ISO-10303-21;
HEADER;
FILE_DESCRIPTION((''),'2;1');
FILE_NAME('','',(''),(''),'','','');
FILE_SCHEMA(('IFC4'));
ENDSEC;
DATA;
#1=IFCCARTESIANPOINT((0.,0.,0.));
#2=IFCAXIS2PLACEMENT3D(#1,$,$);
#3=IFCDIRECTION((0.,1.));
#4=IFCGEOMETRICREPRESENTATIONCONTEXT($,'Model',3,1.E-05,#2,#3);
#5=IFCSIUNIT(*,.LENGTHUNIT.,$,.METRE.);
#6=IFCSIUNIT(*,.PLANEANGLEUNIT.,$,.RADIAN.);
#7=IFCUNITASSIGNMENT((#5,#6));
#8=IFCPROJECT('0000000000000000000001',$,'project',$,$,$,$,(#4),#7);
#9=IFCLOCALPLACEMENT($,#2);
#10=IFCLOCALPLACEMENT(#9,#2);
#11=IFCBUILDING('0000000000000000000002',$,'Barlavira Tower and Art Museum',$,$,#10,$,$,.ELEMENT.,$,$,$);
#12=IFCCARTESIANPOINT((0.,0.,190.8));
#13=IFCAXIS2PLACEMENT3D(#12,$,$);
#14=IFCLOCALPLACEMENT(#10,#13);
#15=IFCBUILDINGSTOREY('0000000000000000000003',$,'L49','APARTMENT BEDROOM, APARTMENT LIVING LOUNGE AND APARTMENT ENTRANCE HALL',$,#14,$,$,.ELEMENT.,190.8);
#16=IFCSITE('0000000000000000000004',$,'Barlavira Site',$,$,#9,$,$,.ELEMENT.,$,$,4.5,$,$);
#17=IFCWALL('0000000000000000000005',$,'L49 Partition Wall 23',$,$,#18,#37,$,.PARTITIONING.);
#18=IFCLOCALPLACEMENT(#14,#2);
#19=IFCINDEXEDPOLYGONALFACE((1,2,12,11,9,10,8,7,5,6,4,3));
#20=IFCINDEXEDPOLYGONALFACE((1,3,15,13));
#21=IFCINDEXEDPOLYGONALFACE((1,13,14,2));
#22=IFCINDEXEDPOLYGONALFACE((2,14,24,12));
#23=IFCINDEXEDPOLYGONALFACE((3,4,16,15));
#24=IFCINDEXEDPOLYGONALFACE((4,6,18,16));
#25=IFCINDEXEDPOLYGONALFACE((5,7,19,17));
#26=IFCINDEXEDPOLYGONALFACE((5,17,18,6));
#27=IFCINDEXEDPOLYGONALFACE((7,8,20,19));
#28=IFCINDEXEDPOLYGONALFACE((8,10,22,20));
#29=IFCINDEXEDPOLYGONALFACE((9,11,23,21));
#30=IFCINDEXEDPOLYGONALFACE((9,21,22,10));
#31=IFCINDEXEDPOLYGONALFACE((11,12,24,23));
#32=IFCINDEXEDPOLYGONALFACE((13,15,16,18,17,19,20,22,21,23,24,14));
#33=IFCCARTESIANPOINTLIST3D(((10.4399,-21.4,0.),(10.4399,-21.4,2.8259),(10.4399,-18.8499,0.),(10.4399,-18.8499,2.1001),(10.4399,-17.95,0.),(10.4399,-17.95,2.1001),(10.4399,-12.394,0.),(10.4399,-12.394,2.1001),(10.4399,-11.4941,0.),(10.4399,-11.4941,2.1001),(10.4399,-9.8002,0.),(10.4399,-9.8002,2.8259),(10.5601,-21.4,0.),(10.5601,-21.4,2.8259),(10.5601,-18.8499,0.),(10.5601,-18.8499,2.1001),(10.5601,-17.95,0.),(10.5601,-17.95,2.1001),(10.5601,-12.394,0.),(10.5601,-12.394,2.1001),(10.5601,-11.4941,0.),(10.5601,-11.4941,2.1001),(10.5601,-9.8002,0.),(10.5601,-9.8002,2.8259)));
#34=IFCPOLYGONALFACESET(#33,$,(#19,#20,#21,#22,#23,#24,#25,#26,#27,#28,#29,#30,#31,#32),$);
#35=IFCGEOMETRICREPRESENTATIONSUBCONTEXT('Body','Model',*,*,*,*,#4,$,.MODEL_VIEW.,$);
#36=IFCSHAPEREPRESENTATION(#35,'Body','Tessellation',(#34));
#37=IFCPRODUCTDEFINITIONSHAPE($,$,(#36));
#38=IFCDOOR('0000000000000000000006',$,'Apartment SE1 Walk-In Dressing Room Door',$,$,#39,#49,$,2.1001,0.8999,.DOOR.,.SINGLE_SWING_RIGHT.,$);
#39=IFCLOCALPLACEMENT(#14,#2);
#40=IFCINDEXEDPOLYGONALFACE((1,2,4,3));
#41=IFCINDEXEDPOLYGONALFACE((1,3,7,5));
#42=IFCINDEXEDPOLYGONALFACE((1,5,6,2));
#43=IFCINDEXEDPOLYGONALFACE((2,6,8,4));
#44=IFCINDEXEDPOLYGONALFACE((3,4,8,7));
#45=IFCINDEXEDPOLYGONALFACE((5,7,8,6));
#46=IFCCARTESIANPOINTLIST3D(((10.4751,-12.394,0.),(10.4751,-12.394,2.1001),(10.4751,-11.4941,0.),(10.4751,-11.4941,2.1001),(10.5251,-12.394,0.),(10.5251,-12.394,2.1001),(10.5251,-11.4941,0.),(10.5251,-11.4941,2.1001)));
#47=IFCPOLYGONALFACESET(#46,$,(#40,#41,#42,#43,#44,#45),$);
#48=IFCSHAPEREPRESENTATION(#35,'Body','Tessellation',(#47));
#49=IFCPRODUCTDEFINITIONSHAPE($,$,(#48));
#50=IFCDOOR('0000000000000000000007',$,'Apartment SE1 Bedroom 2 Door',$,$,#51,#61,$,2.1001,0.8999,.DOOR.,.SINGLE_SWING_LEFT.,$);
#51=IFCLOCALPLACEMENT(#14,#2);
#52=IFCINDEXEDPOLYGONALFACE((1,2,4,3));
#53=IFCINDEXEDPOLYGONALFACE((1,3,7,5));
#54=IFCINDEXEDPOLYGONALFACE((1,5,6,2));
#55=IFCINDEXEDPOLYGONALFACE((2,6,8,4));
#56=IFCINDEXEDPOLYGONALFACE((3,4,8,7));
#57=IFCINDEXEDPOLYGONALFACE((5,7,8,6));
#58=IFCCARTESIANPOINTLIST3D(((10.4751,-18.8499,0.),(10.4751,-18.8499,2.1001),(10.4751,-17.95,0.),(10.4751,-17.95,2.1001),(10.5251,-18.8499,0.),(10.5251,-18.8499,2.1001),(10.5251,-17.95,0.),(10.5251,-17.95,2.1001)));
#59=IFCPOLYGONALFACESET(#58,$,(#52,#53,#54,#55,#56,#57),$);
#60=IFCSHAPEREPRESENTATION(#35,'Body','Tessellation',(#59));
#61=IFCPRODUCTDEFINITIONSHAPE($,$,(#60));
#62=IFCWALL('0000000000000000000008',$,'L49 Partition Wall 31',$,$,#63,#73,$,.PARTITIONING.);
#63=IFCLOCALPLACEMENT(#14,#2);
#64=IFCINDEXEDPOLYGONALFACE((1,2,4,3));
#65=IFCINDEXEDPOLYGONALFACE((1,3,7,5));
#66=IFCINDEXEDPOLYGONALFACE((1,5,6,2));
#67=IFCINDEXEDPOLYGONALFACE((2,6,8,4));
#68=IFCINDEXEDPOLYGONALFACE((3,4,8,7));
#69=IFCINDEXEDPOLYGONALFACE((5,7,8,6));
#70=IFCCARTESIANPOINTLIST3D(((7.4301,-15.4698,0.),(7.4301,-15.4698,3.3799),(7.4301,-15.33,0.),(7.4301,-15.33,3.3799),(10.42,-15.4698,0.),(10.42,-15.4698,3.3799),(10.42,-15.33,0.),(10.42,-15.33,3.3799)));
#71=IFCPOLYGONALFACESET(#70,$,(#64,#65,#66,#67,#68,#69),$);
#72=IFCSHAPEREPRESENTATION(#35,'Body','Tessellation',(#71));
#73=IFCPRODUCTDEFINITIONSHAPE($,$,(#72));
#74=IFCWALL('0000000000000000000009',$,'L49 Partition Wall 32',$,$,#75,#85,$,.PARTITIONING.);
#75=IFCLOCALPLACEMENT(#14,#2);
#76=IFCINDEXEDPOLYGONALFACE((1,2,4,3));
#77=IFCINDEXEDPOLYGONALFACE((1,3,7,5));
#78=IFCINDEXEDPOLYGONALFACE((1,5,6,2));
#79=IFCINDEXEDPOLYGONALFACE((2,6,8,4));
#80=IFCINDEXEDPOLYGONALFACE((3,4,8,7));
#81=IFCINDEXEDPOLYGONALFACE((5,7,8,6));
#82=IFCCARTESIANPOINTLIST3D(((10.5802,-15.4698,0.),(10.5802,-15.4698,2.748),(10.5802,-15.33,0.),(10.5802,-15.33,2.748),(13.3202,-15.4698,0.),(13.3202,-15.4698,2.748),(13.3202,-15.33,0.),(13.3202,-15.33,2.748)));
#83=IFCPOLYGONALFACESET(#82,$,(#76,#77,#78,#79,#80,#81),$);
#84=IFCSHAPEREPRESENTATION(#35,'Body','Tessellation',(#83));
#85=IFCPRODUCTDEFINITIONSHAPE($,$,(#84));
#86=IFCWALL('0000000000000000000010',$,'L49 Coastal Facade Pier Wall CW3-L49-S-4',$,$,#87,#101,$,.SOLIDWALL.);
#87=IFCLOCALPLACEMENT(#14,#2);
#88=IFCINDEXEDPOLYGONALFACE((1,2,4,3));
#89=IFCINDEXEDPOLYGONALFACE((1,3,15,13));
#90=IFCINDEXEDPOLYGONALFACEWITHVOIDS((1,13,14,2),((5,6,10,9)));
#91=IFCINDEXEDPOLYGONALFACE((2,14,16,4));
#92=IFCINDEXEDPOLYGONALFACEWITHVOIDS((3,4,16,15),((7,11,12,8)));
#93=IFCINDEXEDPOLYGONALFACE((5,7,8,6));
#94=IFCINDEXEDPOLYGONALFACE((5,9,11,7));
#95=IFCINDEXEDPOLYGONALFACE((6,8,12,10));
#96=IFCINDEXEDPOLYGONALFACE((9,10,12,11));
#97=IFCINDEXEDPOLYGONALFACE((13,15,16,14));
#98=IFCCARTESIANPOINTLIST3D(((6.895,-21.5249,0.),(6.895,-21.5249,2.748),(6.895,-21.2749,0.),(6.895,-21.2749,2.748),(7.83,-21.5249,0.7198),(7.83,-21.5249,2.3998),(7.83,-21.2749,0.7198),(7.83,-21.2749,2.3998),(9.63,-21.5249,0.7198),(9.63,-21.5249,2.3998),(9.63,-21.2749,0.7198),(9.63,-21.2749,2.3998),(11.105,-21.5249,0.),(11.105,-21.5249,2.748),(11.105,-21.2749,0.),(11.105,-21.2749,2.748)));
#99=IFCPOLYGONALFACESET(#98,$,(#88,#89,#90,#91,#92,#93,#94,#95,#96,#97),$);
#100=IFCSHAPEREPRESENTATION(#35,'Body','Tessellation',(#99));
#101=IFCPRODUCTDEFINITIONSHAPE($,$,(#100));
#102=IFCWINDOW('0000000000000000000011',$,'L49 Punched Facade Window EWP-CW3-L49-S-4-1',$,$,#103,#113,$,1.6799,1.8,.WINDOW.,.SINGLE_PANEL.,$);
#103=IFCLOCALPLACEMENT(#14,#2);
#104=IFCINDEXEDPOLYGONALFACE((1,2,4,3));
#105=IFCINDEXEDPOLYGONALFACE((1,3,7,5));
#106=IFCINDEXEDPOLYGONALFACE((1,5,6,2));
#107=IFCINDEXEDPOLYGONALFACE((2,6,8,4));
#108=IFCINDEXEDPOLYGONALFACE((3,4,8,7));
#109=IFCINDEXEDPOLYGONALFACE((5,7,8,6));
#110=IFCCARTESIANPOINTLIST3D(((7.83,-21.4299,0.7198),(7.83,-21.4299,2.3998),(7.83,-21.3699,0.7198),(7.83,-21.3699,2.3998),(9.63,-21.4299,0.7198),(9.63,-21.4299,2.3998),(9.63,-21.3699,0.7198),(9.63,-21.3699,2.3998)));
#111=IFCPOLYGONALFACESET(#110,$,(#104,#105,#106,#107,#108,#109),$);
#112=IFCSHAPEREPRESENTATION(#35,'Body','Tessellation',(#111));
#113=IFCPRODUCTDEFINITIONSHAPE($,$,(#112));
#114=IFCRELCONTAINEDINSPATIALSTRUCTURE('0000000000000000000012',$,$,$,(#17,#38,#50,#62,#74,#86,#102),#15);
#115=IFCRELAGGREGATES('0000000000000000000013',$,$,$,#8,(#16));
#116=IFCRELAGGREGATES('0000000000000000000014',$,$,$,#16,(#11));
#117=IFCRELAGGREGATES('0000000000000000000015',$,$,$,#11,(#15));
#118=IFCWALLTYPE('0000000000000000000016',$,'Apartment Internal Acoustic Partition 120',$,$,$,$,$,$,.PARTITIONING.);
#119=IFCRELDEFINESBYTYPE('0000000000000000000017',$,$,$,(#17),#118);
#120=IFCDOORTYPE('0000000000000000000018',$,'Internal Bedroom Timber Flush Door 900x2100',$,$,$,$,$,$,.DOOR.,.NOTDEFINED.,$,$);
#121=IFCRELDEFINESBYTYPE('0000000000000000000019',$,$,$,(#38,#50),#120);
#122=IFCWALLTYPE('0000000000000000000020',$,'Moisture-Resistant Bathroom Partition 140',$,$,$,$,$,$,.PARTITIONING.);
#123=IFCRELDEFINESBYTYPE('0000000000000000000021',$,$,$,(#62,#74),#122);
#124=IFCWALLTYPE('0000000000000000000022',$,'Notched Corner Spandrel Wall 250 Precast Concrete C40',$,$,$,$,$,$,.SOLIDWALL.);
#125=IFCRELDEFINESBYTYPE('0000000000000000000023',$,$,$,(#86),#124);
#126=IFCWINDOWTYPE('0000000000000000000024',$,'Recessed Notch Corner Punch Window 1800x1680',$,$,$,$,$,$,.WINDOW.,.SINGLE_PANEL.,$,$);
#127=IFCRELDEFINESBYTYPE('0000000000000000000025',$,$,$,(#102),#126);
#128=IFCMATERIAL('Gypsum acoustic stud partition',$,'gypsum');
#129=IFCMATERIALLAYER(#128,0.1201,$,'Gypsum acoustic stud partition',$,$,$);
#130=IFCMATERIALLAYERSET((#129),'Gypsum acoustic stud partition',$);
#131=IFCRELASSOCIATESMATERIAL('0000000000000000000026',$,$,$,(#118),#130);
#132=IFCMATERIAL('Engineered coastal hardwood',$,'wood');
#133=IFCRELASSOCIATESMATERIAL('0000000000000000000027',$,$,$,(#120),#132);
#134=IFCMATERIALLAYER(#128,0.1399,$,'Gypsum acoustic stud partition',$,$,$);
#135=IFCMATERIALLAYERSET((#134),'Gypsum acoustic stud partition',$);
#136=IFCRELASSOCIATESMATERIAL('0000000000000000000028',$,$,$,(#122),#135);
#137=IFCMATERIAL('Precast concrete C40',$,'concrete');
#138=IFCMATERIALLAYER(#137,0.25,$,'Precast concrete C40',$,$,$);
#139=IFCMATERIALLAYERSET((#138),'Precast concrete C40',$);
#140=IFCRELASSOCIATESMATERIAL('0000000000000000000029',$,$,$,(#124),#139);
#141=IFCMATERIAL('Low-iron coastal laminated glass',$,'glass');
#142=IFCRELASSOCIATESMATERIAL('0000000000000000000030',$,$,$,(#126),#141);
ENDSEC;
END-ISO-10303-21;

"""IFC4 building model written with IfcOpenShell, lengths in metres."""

from ifc_helpers import new_model, si_unit, direction, frame, frame_2d, origin, place, context, subcontext, project, spatial, rectangle, extrude, material, layer, layer_set, type_object, element, fill, save


model = new_model("IFC4")

# Units and contexts
model_context = context("Model", 3, precision=1e-05, world=origin(), true_north=direction((0.0, 1.0)))
body_context = subcontext(model_context, "Body", "Model", "MODEL_VIEW")
ifc_project = project(units=[si_unit("LENGTHUNIT", "METRE"), si_unit("PLANEANGLEUNIT", "RADIAN")], contexts=[model_context])

# Site, building, storey
site_placement = place(None, origin())
site = spatial("IfcSite", under=ifc_project, at=site_placement, Name="Barlavira Site", CompositionType="ELEMENT", RefElevation=4.5)
building_placement = place(site_placement, origin())
building = spatial("IfcBuilding", under=site, at=building_placement, Name="Barlavira Tower and Art Museum", CompositionType="ELEMENT")
storey_placement = place(building_placement, frame((0.0, 0.0, 190.8)))
storey = spatial("IfcBuildingStorey", under=building, at=storey_placement, Name="L49", Description="APARTMENT BEDROOM, APARTMENT LIVING LOUNGE AND APARTMENT ENTRANCE HALL", CompositionType="ELEMENT", Elevation=190.8)

# Shared definitions
ifc_material_1 = material(Name="Gypsum acoustic stud partition", Category="gypsum")
ifc_layer_1 = layer(ifc_material_1, 0.1201, Name="Gypsum acoustic stud partition")
ifc_layer_set_1 = layer_set([ifc_layer_1], Name="Gypsum acoustic stud partition")
wall_type_1 = type_object("IfcWallType", Name="Apartment Internal Acoustic Partition 120", PredefinedType="PARTITIONING", material=ifc_layer_set_1)
ifc_material_2 = material(Name="Engineered coastal hardwood", Category="wood")

# Wall, openings, doors
wall_1_placement = place(storey_placement, frame((10.5, -21.3999, 0.0), z_axis=(0.0, 0.0, 1.0), x_axis=(0.0, 1.0, 0.0)))
wall_1 = element("IfcWall", 1, at=wall_1_placement, inside=storey, type_object=wall_type_1, Name="L49 Partition Wall 23", PredefinedType="PARTITIONING", context=body_context, shape_type="SweptSolid", body=[
    extrude(rectangle(XDim=11.5999, YDim=0.1201, at=frame_2d((5.7998, 0.0))), origin(), (0.0, 0.0, 1.0), 2.8259),
])
opening_1_placement = place(wall_1_placement, frame((9.0059, 0.0, 0.0)))
opening_1 = element("IfcOpeningElement", 2, at=opening_1_placement, cuts=wall_1, PredefinedType="OPENING", context=body_context, shape_type="SweptSolid", body=[
    extrude(rectangle(XDim=0.8999, YDim=2.1001, at=frame_2d((0.45, 1.05))), frame((0.0, 0.0701, 0.0), z_axis=(0.0, -1.0, 0.0), x_axis=(1.0, 0.0, 0.0)), (0.0, 0.0, 1.0), 0.1401),
])
opening_2_placement = place(wall_1_placement, frame((2.55, 0.0, 0.0)))
opening_2 = element("IfcOpeningElement", 3, at=opening_2_placement, cuts=wall_1, PredefinedType="OPENING", context=body_context, shape_type="SweptSolid", body=[
    extrude(rectangle(XDim=0.8999, YDim=2.1001, at=frame_2d((0.45, 1.05))), frame((0.0, 0.0701, 0.0), z_axis=(0.0, -1.0, 0.0), x_axis=(1.0, 0.0, 0.0)), (0.0, 0.0, 1.0), 0.1401),
])
door_type_1 = type_object("IfcDoorType", Name="Internal Bedroom Timber Flush Door 900x2100", OperationType="NOTDEFINED", PredefinedType="DOOR", material=ifc_material_2)
door_1_placement = place(opening_1_placement, origin())
door_1 = element("IfcDoor", 4, at=door_1_placement, inside=storey, type_object=door_type_1, Name="Apartment SE1 Walk-In Dressing Room Door", OperationType="SINGLE_SWING_RIGHT", OverallHeight=2.1001, OverallWidth=0.8999, PredefinedType="DOOR", context=body_context, shape_type="SweptSolid", body=[
    extrude(rectangle(XDim=0.8999, YDim=2.1001, at=frame_2d((0.45, 1.05))), frame((0.0, 0.0249, 0.0), z_axis=(0.0, -1.0, 0.0), x_axis=(1.0, 0.0, 0.0)), (0.0, 0.0, 1.0), 0.05),
])
fill(opening_1, door_1)
door_2_placement = place(opening_2_placement, origin())
door_2 = element("IfcDoor", 5, at=door_2_placement, inside=storey, type_object=door_type_1, Name="Apartment SE1 Bedroom 2 Door", OperationType="SINGLE_SWING_LEFT", OverallHeight=2.1001, OverallWidth=0.8999, PredefinedType="DOOR", context=body_context, shape_type="SweptSolid", body=[
    extrude(rectangle(XDim=0.8999, YDim=2.1001, at=frame_2d((0.45, 1.05))), frame((0.0, 0.0249, 0.0), z_axis=(0.0, -1.0, 0.0), x_axis=(1.0, 0.0, 0.0)), (0.0, 0.0, 1.0), 0.05),
])
fill(opening_2, door_2)

# Walls
ifc_layer_2 = layer(ifc_material_1, 0.1399, Name="Gypsum acoustic stud partition")
ifc_layer_set_2 = layer_set([ifc_layer_2], Name="Gypsum acoustic stud partition")
wall_type_2 = type_object("IfcWallType", Name="Moisture-Resistant Bathroom Partition 140", PredefinedType="PARTITIONING", material=ifc_layer_set_2)
wall_2_placement = place(storey_placement, frame((7.4299, -15.3999, 0.0), z_axis=(0.0, 0.0, 1.0), x_axis=(1.0, 0.0, 0.0)))
element("IfcWall", 6, at=wall_2_placement, inside=storey, type_object=wall_type_2, Name="L49 Partition Wall 31", PredefinedType="PARTITIONING", context=body_context, shape_type="SweptSolid", body=[
    extrude(rectangle(XDim=2.99, YDim=0.1399, at=frame_2d((1.4951, 0.0))), origin(), (0.0, 0.0, 1.0), 3.3799),
])
wall_3_placement = place(storey_placement, frame((10.5801, -15.3999, 0.0), z_axis=(0.0, 0.0, 1.0), x_axis=(1.0, 0.0, 0.0)))
element("IfcWall", 7, at=wall_3_placement, inside=storey, type_object=wall_type_2, Name="L49 Partition Wall 32", PredefinedType="PARTITIONING", context=body_context, shape_type="SweptSolid", body=[
    extrude(rectangle(XDim=2.74, YDim=0.1399, at=frame_2d((1.3701, 0.0))), origin(), (0.0, 0.0, 1.0), 2.748),
])

# Wall, opening, window
ifc_material_3 = material(Name="Precast concrete C40", Category="concrete")
ifc_layer_3 = layer(ifc_material_3, 0.25, Name="Precast concrete C40")
ifc_layer_set_3 = layer_set([ifc_layer_3], Name="Precast concrete C40")
wall_type_3 = type_object("IfcWallType", Name="Notched Corner Spandrel Wall 250 Precast Concrete C40", PredefinedType="SOLIDWALL", material=ifc_layer_set_3)
wall_4_placement = place(storey_placement, frame((6.895, -21.3999, 0.0), z_axis=(0.0, 0.0, 1.0), x_axis=(1.0, 0.0, 0.0)))
wall_4 = element("IfcWall", 8, at=wall_4_placement, inside=storey, type_object=wall_type_3, Name="L49 Coastal Facade Pier Wall CW3-L49-S-4", PredefinedType="SOLIDWALL", context=body_context, shape_type="SweptSolid", body=[
    extrude(rectangle(XDim=4.21, YDim=0.25, at=frame_2d((2.105, 0.0))), origin(), (0.0, 0.0, 1.0), 2.748),
])
opening_3_placement = place(wall_4_placement, frame((0.9351, 0.0, 0.72)))
opening_3 = element("IfcOpeningElement", 9, at=opening_3_placement, cuts=wall_4, PredefinedType="OPENING", context=body_context, shape_type="SweptSolid", body=[
    extrude(rectangle(XDim=1.8, YDim=1.6799, at=frame_2d((0.8999, 0.8398))), frame((0.0, 0.135, 0.0), z_axis=(0.0, -1.0, 0.0), x_axis=(1.0, 0.0, 0.0)), (0.0, 0.0, 1.0), 0.27),
])
ifc_material_4 = material(Name="Low-iron coastal laminated glass", Category="glass")
window_type = type_object("IfcWindowType", Name="Recessed Notch Corner Punch Window 1800x1680", PartitioningType="SINGLE_PANEL", PredefinedType="WINDOW", material=ifc_material_4)
window_placement = place(opening_3_placement, origin())
window = element("IfcWindow", 10, at=window_placement, inside=storey, type_object=window_type, Name="L49 Punched Facade Window EWP-CW3-L49-S-4-1", OverallHeight=1.6799, OverallWidth=1.8, PartitioningType="SINGLE_PANEL", PredefinedType="WINDOW", context=body_context, shape_type="SweptSolid", body=[
    extrude(rectangle(XDim=1.8, YDim=1.6799, at=frame_2d((0.8999, 0.8398))), frame((0.0, 0.03, 0.0), z_axis=(0.0, -1.0, 0.0), x_axis=(1.0, 0.0, 0.0)), (0.0, 0.0, 1.0), 0.0601),
])
fill(opening_3, window)

save(model, "model.ifc")
